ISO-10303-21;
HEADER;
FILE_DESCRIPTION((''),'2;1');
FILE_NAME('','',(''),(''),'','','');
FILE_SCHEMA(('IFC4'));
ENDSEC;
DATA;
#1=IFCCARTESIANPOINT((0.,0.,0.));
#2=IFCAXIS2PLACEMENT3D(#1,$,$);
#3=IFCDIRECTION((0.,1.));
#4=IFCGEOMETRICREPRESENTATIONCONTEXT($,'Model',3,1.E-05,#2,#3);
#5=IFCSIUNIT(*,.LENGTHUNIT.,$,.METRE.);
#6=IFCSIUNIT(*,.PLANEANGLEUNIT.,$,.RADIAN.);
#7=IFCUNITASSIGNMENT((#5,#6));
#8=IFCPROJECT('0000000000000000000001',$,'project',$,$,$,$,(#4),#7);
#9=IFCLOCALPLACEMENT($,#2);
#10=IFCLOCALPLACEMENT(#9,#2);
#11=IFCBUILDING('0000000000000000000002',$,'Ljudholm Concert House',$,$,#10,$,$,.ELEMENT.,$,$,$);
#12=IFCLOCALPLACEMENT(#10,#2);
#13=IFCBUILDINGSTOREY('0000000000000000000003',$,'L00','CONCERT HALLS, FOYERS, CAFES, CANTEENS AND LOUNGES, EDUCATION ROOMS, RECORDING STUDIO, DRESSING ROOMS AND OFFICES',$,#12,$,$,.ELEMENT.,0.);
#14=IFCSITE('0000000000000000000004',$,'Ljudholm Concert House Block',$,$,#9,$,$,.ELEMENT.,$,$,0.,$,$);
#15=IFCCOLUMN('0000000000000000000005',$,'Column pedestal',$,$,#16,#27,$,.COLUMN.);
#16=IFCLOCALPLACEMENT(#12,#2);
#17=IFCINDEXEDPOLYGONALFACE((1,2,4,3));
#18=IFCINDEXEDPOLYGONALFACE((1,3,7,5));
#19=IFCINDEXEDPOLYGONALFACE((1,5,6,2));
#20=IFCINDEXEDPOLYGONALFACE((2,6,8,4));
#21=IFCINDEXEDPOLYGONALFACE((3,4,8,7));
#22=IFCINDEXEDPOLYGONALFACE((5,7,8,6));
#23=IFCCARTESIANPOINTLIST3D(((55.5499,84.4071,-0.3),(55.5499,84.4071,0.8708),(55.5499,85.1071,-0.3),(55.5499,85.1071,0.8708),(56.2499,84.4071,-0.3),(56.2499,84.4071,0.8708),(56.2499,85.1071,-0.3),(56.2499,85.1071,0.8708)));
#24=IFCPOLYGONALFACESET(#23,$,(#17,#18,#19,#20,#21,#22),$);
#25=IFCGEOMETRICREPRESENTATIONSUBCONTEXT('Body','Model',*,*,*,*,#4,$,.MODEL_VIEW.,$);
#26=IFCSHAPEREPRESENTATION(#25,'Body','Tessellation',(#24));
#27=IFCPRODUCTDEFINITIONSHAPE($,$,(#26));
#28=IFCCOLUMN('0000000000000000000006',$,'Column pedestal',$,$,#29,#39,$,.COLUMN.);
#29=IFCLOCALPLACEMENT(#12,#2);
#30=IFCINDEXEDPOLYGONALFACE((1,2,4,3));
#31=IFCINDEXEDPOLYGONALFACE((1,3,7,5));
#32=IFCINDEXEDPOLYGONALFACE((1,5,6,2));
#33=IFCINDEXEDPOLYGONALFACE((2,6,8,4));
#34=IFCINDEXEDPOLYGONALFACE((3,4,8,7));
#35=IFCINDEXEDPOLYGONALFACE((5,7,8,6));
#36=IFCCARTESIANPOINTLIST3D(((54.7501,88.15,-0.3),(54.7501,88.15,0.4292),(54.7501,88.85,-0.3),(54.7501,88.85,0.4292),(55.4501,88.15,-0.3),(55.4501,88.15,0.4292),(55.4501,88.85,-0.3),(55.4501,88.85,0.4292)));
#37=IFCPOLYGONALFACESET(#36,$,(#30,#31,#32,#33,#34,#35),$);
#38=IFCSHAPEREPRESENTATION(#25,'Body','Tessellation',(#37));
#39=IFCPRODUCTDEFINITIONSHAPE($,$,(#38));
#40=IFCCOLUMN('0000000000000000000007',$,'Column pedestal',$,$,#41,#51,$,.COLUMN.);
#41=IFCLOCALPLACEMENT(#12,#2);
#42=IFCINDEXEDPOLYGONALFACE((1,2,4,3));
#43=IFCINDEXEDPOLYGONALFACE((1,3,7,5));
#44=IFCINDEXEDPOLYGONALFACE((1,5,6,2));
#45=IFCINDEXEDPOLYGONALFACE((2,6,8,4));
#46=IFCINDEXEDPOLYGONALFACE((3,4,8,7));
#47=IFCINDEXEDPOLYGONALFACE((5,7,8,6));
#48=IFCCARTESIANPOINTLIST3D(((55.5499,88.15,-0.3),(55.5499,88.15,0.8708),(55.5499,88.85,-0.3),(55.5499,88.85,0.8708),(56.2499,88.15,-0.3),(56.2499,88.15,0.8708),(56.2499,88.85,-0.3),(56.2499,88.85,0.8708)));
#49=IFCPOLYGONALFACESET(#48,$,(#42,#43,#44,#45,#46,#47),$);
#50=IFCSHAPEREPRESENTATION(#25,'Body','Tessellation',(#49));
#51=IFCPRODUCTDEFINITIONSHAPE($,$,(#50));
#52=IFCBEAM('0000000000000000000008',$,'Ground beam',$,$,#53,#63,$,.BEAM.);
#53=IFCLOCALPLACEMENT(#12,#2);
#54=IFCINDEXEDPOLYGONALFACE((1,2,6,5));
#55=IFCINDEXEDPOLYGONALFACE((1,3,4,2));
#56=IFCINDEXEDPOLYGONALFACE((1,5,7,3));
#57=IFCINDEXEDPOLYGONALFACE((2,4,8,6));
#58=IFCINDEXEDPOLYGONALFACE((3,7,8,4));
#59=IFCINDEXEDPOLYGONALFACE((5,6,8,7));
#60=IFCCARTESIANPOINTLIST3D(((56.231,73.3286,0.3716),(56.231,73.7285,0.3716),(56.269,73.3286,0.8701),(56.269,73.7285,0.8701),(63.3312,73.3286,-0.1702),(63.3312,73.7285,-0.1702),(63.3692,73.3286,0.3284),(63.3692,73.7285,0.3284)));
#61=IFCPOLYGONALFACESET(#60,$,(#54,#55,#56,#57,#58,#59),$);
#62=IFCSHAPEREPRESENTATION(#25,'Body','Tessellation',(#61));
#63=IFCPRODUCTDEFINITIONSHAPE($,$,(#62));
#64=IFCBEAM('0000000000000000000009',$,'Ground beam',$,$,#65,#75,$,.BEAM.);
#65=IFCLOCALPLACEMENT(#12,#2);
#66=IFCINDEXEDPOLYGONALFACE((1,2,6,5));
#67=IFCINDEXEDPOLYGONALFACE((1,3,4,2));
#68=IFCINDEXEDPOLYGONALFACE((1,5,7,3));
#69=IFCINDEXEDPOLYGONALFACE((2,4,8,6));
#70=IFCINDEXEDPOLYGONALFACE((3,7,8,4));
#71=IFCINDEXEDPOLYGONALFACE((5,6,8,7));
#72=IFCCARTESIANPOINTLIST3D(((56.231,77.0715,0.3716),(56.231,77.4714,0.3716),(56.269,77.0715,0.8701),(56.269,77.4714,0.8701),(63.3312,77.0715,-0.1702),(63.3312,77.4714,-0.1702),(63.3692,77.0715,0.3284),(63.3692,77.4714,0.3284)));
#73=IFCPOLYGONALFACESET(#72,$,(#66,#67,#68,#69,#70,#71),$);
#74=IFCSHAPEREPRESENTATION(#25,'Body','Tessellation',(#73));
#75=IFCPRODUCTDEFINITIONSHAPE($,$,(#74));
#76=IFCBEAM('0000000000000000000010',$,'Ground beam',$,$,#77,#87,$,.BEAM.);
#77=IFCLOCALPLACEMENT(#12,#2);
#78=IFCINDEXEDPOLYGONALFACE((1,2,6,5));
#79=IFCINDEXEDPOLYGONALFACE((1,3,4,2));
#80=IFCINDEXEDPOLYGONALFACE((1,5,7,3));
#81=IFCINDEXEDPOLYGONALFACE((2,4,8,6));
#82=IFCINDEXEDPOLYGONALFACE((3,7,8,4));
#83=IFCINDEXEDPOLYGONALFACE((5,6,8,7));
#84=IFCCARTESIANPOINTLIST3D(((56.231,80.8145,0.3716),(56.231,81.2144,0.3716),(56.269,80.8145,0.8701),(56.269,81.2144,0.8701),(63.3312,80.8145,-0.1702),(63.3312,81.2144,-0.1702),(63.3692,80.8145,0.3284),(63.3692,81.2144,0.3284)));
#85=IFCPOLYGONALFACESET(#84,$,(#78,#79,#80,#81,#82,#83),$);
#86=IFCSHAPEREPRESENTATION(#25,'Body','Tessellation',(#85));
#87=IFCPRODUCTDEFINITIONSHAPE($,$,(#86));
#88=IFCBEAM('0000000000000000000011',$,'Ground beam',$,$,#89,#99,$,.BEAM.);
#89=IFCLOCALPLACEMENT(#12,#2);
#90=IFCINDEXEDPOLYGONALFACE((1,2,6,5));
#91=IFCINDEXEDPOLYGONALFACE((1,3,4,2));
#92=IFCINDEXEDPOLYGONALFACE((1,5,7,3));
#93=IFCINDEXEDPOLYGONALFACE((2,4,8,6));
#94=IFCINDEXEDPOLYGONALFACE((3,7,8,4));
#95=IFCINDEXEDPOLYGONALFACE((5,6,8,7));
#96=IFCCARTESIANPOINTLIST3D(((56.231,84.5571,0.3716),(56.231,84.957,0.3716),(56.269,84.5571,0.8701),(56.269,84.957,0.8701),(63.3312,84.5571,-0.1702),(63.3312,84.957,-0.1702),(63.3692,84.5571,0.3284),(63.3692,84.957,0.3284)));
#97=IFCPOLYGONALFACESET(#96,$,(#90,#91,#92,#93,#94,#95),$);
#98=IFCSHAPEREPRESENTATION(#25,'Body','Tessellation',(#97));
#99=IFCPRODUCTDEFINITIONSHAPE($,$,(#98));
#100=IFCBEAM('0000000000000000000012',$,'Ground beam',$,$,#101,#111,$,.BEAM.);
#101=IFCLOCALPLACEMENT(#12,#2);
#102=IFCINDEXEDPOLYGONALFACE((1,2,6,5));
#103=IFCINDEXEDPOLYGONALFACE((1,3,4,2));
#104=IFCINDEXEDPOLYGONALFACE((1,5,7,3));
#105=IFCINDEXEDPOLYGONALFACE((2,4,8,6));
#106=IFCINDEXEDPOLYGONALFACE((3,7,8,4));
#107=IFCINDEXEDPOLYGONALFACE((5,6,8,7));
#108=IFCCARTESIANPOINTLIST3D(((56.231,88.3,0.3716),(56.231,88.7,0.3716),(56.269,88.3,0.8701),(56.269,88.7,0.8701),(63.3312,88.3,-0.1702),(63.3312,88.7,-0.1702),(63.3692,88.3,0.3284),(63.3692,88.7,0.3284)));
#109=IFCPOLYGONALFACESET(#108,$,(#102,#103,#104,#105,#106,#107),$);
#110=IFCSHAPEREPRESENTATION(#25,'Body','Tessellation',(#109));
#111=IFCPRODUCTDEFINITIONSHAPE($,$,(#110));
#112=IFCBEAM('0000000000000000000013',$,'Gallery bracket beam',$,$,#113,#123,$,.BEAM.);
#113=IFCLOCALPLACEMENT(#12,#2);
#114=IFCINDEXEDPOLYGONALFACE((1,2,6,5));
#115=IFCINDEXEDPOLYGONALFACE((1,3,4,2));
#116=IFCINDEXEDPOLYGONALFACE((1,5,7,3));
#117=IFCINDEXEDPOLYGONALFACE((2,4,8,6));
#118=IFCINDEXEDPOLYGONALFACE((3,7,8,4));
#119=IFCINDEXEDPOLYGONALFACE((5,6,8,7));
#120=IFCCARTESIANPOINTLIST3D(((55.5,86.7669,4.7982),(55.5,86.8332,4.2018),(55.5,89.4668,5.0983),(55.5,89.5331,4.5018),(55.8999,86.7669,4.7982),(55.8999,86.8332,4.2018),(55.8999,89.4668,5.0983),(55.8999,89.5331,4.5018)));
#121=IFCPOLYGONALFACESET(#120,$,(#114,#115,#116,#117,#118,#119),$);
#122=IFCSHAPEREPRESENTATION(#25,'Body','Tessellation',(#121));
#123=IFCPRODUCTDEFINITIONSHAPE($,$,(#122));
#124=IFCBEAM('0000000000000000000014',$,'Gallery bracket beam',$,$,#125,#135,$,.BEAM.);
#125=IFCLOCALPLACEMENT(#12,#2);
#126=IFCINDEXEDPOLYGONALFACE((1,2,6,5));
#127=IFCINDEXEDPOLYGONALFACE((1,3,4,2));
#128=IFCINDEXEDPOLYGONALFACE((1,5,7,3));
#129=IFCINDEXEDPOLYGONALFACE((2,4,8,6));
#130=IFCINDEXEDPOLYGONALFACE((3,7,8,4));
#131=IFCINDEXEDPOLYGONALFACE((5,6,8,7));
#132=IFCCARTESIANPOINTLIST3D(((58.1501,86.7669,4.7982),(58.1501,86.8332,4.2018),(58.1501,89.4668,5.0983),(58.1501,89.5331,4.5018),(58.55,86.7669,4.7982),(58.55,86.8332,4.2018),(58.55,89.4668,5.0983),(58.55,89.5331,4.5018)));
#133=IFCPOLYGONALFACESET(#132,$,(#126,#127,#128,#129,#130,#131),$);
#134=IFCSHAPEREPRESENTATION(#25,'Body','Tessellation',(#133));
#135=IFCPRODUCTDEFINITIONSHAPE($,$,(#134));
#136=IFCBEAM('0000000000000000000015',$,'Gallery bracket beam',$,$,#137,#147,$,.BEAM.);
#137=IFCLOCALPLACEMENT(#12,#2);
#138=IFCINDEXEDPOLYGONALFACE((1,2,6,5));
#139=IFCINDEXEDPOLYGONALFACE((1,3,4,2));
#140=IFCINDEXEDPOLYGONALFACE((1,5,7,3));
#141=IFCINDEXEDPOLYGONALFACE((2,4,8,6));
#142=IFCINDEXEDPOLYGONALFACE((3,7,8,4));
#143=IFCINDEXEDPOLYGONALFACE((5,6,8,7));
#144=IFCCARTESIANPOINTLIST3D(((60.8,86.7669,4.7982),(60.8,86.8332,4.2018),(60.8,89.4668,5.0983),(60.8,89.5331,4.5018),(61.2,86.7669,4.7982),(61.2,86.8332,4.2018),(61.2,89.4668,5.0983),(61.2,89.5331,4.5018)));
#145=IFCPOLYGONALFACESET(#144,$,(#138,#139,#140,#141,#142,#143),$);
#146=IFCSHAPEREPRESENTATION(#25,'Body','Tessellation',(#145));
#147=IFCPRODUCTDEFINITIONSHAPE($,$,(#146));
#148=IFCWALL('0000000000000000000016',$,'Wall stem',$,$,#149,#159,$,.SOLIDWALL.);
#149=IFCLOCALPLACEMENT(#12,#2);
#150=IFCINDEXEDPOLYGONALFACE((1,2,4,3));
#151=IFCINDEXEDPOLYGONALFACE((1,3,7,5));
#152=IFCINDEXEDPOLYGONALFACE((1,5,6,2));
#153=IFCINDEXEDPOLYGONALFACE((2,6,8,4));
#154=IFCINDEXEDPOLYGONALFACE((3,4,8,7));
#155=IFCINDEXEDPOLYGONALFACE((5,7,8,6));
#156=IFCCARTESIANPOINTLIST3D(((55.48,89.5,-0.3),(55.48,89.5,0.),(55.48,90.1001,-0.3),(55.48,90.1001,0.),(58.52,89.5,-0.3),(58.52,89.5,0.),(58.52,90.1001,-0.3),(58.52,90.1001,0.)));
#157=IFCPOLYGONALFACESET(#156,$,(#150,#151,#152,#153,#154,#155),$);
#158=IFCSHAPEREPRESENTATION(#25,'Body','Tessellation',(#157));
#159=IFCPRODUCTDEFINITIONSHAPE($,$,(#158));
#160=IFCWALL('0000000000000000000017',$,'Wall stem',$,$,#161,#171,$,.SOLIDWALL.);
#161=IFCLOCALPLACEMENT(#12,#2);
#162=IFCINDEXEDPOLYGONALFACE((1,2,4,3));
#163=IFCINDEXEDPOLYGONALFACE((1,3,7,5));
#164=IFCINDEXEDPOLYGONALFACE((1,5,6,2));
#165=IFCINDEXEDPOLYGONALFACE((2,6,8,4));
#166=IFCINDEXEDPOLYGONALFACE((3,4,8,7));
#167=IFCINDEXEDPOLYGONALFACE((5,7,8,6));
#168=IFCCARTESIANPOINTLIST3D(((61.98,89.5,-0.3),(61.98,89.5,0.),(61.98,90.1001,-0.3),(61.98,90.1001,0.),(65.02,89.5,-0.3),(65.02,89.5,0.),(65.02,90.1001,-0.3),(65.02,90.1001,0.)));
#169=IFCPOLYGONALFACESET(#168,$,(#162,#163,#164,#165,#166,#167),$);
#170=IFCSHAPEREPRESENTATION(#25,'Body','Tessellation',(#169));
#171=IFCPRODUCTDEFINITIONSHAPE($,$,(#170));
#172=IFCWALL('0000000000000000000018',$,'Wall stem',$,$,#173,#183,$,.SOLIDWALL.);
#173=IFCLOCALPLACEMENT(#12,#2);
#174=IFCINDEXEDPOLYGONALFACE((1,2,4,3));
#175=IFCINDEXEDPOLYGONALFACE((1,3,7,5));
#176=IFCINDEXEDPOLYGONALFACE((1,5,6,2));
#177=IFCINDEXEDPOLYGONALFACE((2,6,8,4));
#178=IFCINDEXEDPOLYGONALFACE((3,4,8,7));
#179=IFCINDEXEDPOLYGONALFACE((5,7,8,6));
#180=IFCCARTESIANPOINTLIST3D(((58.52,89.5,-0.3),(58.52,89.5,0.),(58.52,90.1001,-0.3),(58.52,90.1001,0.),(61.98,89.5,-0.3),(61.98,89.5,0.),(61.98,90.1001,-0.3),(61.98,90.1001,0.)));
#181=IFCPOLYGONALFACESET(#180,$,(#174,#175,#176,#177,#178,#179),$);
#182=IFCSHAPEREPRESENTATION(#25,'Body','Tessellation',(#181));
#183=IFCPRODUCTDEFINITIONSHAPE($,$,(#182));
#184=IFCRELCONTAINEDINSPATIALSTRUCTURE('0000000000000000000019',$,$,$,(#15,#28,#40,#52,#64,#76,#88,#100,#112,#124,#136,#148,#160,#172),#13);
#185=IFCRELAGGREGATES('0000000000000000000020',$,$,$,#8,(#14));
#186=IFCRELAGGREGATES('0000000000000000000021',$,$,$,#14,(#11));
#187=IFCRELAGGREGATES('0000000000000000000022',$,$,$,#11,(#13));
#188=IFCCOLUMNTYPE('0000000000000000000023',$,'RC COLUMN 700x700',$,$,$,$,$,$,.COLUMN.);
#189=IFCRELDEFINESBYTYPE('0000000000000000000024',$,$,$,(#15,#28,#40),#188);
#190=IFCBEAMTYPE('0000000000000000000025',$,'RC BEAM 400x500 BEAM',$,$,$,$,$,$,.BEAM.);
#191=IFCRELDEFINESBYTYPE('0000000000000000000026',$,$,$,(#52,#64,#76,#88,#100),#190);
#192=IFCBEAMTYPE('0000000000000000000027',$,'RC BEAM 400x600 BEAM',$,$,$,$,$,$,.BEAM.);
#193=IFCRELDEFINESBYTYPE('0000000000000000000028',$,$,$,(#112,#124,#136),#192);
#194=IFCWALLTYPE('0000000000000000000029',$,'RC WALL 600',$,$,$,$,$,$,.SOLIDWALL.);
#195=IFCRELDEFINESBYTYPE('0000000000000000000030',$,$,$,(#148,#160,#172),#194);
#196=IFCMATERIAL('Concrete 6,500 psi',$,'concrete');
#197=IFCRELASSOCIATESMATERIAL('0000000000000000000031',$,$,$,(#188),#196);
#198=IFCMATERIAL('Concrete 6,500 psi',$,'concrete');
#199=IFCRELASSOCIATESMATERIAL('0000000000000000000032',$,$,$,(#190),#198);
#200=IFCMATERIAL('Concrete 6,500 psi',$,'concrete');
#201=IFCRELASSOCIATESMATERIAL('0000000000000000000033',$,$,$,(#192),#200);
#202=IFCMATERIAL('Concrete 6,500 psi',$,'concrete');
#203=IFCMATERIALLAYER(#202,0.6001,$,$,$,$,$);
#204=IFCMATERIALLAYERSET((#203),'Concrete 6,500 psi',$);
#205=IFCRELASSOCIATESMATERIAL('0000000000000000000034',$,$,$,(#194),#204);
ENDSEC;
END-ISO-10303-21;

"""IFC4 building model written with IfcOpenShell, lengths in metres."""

from ifc_helpers import new_model, si_unit, direction, frame, frame_2d, origin, origin_2d, place, context, subcontext, project, spatial, rectangle, extrude, material, layer, layer_set, material_profile, profile_set, type_object, element, save


model = new_model("IFC4")

# Units and contexts
model_context = context("Model", 3, precision=1e-05, world=origin(), true_north=direction((0.0, 1.0)))
body_context = subcontext(model_context, "Body", "Model", "MODEL_VIEW")
ifc_project = project(units=[si_unit("LENGTHUNIT", "METRE"), si_unit("PLANEANGLEUNIT", "RADIAN")], contexts=[model_context])

# Site, building, storey
site_placement = place(None, origin())
site = spatial("IfcSite", under=ifc_project, at=site_placement, Name="Ljudholm Concert House Block", CompositionType="ELEMENT", RefElevation=0.0)
building_placement = place(site_placement, origin())
building = spatial("IfcBuilding", under=site, at=building_placement, Name="Ljudholm Concert House", CompositionType="ELEMENT")
storey_placement = place(building_placement, origin())
storey = spatial("IfcBuildingStorey", under=building, at=storey_placement, Name="L00", Description="CONCERT HALLS, FOYERS, CAFES, CANTEENS AND LOUNGES, EDUCATION ROOMS, RECORDING STUDIO, DRESSING ROOMS AND OFFICES", CompositionType="ELEMENT", Elevation=0.0)

# Columns
ifc_material_1 = material(Name="Concrete 6,500 psi", Category="concrete")
ifc_material_profile_1 = material_profile(ifc_material_1, rectangle(XDim=0.7, YDim=0.7, at=origin_2d()), Name="RC COLUMN 700x700")
ifc_profile_set_1 = profile_set([ifc_material_profile_1], Name="Concrete 6,500 psi")
column_type = type_object("IfcColumnType", Name="RC COLUMN 700x700", PredefinedType="COLUMN", material=ifc_profile_set_1)
column_1_placement = place(storey_placement, frame((55.8999, 84.7571, -0.3), z_axis=(0.0, 0.0, 1.0), x_axis=(1.0, 0.0, 0.0)))
element("IfcColumn", 1, at=column_1_placement, inside=storey, type_object=column_type, Name="Column pedestal", PredefinedType="COLUMN", context=body_context, shape_type="SweptSolid", body=[
    extrude(rectangle(XDim=0.7, YDim=0.7, at=origin_2d()), origin(), (0.0, 0.0, 1.0), 1.1709),
])
column_2_placement = place(storey_placement, frame((55.1001, 88.5, -0.3), z_axis=(0.0, 0.0, 1.0), x_axis=(1.0, 0.0, 0.0)))
element("IfcColumn", 2, at=column_2_placement, inside=storey, type_object=column_type, Name="Column pedestal", PredefinedType="COLUMN", context=body_context, shape_type="SweptSolid", body=[
    extrude(rectangle(XDim=0.7, YDim=0.7, at=origin_2d()), origin(), (0.0, 0.0, 1.0), 0.7292),
])
column_3_placement = place(storey_placement, frame((55.8999, 88.5, -0.3), z_axis=(0.0, 0.0, 1.0), x_axis=(1.0, 0.0, 0.0)))
element("IfcColumn", 3, at=column_3_placement, inside=storey, type_object=column_type, Name="Column pedestal", PredefinedType="COLUMN", context=body_context, shape_type="SweptSolid", body=[
    extrude(rectangle(XDim=0.7, YDim=0.7, at=origin_2d()), origin(), (0.0, 0.0, 1.0), 1.1709),
])

# Beams
ifc_material_2 = material(Name="Concrete 6,500 psi", Category="concrete")
ifc_material_profile_2 = material_profile(ifc_material_2, rectangle(XDim=0.3999, YDim=0.5, at=origin_2d()), Name="RC BEAM 400x500 BEAM")
ifc_profile_set_2 = profile_set([ifc_material_profile_2], Name="Concrete 6,500 psi")
beam_type_1 = type_object("IfcBeamType", Name="RC BEAM 400x500 BEAM", PredefinedType="BEAM", material=ifc_profile_set_2)
for number, where, z_axis, x_axis, name in (
    (4, (56.25, 73.5286, 0.6208), (0.997102, 0.0, -0.07608), (0.0, 1.0, 0.0), "Ground beam"),
    (5, (56.25, 77.2715, 0.6208), (0.997102, 0.0, -0.07608), (0.0, 1.0, 0.0), "Ground beam"),
    (6, (56.25, 81.0144, 0.6208), (0.997102, 0.0, -0.07608), (0.0, 1.0, 0.0), "Ground beam"),
    (7, (56.25, 84.7571, 0.6208), (0.997102, 0.0, -0.07608), (0.0, 1.0, 0.0), "Ground beam"),
    (8, (56.25, 88.5, 0.6208), (0.997102, 0.0, -0.07608), (0.0, 1.0, 0.0), "Ground beam"),
):
    element("IfcBeam", number, at=place(storey_placement, frame(where, z_axis=z_axis, x_axis=x_axis)), inside=storey, type_object=beam_type_1, Name=name, PredefinedType="BEAM", context=body_context, shape_type="SweptSolid", body=[
        extrude(rectangle(XDim=0.3999, YDim=0.5, at=origin_2d()), origin(), (0.0, 0.0, 1.0), 7.1208),
    ])
ifc_material_3 = material(Name="Concrete 6,500 psi", Category="concrete")
ifc_material_profile_3 = material_profile(ifc_material_3, rectangle(XDim=0.3999, YDim=0.6001, at=origin_2d()), Name="RC BEAM 400x600 BEAM")
ifc_profile_set_3 = profile_set([ifc_material_profile_3], Name="Concrete 6,500 psi")
beam_type_2 = type_object("IfcBeamType", Name="RC BEAM 400x600 BEAM", PredefinedType="BEAM", material=ifc_profile_set_3)
for number, where, z_axis, x_axis, name in (
    (9, (55.7, 86.8, 4.5), (0.0, 0.993882, 0.110451), (-1.0, 0.0, 0.0), "Gallery bracket beam"),
    (10, (58.3501, 86.8, 4.5), (0.0, 0.993882, 0.110451), (-1.0, 0.0, 0.0), "Gallery bracket beam"),
    (11, (61.0, 86.8, 4.5), (0.0, 0.993882, 0.110451), (-1.0, 0.0, 0.0), "Gallery bracket beam"),
):
    element("IfcBeam", number, at=place(storey_placement, frame(where, z_axis=z_axis, x_axis=x_axis)), inside=storey, type_object=beam_type_2, Name=name, PredefinedType="BEAM", context=body_context, shape_type="SweptSolid", body=[
        extrude(rectangle(XDim=0.3999, YDim=0.6001, at=origin_2d()), origin(), (0.0, 0.0, 1.0), 2.7166),
    ])

# Walls
ifc_material_4 = material(Name="Concrete 6,500 psi", Category="concrete")
ifc_layer = layer(ifc_material_4, 0.6001)
ifc_layer_set = layer_set([ifc_layer], Name="Concrete 6,500 psi")
wall_type = type_object("IfcWallType", Name="RC WALL 600", PredefinedType="SOLIDWALL", material=ifc_layer_set)
for number, where, z_axis, x_axis, name in (
    (12, (55.48, 89.8, -0.3), (0.0, 0.0, 1.0), (1.0, 0.0, 0.0), "Wall stem"),
    (13, (61.98, 89.8, -0.3), (0.0, 0.0, 1.0), (1.0, 0.0, 0.0), "Wall stem"),
):
    element("IfcWall", number, at=place(storey_placement, frame(where, z_axis=z_axis, x_axis=x_axis)), inside=storey, type_object=wall_type, Name=name, PredefinedType="SOLIDWALL", context=body_context, shape_type="SweptSolid", body=[
        extrude(rectangle(XDim=3.04, YDim=0.6001, at=frame_2d((1.52, 0.0))), origin(), (0.0, 0.0, 1.0), 0.3),
    ])
wall_placement = place(storey_placement, frame((58.52, 89.8, -0.3), z_axis=(0.0, 0.0, 1.0), x_axis=(1.0, 0.0, 0.0)))
element("IfcWall", 14, at=wall_placement, inside=storey, type_object=wall_type, Name="Wall stem", PredefinedType="SOLIDWALL", context=body_context, shape_type="SweptSolid", body=[
    extrude(rectangle(XDim=3.46, YDim=0.6001, at=frame_2d((1.73, 0.0))), origin(), (0.0, 0.0, 1.0), 0.3),
])

save(model, "model.ifc")
